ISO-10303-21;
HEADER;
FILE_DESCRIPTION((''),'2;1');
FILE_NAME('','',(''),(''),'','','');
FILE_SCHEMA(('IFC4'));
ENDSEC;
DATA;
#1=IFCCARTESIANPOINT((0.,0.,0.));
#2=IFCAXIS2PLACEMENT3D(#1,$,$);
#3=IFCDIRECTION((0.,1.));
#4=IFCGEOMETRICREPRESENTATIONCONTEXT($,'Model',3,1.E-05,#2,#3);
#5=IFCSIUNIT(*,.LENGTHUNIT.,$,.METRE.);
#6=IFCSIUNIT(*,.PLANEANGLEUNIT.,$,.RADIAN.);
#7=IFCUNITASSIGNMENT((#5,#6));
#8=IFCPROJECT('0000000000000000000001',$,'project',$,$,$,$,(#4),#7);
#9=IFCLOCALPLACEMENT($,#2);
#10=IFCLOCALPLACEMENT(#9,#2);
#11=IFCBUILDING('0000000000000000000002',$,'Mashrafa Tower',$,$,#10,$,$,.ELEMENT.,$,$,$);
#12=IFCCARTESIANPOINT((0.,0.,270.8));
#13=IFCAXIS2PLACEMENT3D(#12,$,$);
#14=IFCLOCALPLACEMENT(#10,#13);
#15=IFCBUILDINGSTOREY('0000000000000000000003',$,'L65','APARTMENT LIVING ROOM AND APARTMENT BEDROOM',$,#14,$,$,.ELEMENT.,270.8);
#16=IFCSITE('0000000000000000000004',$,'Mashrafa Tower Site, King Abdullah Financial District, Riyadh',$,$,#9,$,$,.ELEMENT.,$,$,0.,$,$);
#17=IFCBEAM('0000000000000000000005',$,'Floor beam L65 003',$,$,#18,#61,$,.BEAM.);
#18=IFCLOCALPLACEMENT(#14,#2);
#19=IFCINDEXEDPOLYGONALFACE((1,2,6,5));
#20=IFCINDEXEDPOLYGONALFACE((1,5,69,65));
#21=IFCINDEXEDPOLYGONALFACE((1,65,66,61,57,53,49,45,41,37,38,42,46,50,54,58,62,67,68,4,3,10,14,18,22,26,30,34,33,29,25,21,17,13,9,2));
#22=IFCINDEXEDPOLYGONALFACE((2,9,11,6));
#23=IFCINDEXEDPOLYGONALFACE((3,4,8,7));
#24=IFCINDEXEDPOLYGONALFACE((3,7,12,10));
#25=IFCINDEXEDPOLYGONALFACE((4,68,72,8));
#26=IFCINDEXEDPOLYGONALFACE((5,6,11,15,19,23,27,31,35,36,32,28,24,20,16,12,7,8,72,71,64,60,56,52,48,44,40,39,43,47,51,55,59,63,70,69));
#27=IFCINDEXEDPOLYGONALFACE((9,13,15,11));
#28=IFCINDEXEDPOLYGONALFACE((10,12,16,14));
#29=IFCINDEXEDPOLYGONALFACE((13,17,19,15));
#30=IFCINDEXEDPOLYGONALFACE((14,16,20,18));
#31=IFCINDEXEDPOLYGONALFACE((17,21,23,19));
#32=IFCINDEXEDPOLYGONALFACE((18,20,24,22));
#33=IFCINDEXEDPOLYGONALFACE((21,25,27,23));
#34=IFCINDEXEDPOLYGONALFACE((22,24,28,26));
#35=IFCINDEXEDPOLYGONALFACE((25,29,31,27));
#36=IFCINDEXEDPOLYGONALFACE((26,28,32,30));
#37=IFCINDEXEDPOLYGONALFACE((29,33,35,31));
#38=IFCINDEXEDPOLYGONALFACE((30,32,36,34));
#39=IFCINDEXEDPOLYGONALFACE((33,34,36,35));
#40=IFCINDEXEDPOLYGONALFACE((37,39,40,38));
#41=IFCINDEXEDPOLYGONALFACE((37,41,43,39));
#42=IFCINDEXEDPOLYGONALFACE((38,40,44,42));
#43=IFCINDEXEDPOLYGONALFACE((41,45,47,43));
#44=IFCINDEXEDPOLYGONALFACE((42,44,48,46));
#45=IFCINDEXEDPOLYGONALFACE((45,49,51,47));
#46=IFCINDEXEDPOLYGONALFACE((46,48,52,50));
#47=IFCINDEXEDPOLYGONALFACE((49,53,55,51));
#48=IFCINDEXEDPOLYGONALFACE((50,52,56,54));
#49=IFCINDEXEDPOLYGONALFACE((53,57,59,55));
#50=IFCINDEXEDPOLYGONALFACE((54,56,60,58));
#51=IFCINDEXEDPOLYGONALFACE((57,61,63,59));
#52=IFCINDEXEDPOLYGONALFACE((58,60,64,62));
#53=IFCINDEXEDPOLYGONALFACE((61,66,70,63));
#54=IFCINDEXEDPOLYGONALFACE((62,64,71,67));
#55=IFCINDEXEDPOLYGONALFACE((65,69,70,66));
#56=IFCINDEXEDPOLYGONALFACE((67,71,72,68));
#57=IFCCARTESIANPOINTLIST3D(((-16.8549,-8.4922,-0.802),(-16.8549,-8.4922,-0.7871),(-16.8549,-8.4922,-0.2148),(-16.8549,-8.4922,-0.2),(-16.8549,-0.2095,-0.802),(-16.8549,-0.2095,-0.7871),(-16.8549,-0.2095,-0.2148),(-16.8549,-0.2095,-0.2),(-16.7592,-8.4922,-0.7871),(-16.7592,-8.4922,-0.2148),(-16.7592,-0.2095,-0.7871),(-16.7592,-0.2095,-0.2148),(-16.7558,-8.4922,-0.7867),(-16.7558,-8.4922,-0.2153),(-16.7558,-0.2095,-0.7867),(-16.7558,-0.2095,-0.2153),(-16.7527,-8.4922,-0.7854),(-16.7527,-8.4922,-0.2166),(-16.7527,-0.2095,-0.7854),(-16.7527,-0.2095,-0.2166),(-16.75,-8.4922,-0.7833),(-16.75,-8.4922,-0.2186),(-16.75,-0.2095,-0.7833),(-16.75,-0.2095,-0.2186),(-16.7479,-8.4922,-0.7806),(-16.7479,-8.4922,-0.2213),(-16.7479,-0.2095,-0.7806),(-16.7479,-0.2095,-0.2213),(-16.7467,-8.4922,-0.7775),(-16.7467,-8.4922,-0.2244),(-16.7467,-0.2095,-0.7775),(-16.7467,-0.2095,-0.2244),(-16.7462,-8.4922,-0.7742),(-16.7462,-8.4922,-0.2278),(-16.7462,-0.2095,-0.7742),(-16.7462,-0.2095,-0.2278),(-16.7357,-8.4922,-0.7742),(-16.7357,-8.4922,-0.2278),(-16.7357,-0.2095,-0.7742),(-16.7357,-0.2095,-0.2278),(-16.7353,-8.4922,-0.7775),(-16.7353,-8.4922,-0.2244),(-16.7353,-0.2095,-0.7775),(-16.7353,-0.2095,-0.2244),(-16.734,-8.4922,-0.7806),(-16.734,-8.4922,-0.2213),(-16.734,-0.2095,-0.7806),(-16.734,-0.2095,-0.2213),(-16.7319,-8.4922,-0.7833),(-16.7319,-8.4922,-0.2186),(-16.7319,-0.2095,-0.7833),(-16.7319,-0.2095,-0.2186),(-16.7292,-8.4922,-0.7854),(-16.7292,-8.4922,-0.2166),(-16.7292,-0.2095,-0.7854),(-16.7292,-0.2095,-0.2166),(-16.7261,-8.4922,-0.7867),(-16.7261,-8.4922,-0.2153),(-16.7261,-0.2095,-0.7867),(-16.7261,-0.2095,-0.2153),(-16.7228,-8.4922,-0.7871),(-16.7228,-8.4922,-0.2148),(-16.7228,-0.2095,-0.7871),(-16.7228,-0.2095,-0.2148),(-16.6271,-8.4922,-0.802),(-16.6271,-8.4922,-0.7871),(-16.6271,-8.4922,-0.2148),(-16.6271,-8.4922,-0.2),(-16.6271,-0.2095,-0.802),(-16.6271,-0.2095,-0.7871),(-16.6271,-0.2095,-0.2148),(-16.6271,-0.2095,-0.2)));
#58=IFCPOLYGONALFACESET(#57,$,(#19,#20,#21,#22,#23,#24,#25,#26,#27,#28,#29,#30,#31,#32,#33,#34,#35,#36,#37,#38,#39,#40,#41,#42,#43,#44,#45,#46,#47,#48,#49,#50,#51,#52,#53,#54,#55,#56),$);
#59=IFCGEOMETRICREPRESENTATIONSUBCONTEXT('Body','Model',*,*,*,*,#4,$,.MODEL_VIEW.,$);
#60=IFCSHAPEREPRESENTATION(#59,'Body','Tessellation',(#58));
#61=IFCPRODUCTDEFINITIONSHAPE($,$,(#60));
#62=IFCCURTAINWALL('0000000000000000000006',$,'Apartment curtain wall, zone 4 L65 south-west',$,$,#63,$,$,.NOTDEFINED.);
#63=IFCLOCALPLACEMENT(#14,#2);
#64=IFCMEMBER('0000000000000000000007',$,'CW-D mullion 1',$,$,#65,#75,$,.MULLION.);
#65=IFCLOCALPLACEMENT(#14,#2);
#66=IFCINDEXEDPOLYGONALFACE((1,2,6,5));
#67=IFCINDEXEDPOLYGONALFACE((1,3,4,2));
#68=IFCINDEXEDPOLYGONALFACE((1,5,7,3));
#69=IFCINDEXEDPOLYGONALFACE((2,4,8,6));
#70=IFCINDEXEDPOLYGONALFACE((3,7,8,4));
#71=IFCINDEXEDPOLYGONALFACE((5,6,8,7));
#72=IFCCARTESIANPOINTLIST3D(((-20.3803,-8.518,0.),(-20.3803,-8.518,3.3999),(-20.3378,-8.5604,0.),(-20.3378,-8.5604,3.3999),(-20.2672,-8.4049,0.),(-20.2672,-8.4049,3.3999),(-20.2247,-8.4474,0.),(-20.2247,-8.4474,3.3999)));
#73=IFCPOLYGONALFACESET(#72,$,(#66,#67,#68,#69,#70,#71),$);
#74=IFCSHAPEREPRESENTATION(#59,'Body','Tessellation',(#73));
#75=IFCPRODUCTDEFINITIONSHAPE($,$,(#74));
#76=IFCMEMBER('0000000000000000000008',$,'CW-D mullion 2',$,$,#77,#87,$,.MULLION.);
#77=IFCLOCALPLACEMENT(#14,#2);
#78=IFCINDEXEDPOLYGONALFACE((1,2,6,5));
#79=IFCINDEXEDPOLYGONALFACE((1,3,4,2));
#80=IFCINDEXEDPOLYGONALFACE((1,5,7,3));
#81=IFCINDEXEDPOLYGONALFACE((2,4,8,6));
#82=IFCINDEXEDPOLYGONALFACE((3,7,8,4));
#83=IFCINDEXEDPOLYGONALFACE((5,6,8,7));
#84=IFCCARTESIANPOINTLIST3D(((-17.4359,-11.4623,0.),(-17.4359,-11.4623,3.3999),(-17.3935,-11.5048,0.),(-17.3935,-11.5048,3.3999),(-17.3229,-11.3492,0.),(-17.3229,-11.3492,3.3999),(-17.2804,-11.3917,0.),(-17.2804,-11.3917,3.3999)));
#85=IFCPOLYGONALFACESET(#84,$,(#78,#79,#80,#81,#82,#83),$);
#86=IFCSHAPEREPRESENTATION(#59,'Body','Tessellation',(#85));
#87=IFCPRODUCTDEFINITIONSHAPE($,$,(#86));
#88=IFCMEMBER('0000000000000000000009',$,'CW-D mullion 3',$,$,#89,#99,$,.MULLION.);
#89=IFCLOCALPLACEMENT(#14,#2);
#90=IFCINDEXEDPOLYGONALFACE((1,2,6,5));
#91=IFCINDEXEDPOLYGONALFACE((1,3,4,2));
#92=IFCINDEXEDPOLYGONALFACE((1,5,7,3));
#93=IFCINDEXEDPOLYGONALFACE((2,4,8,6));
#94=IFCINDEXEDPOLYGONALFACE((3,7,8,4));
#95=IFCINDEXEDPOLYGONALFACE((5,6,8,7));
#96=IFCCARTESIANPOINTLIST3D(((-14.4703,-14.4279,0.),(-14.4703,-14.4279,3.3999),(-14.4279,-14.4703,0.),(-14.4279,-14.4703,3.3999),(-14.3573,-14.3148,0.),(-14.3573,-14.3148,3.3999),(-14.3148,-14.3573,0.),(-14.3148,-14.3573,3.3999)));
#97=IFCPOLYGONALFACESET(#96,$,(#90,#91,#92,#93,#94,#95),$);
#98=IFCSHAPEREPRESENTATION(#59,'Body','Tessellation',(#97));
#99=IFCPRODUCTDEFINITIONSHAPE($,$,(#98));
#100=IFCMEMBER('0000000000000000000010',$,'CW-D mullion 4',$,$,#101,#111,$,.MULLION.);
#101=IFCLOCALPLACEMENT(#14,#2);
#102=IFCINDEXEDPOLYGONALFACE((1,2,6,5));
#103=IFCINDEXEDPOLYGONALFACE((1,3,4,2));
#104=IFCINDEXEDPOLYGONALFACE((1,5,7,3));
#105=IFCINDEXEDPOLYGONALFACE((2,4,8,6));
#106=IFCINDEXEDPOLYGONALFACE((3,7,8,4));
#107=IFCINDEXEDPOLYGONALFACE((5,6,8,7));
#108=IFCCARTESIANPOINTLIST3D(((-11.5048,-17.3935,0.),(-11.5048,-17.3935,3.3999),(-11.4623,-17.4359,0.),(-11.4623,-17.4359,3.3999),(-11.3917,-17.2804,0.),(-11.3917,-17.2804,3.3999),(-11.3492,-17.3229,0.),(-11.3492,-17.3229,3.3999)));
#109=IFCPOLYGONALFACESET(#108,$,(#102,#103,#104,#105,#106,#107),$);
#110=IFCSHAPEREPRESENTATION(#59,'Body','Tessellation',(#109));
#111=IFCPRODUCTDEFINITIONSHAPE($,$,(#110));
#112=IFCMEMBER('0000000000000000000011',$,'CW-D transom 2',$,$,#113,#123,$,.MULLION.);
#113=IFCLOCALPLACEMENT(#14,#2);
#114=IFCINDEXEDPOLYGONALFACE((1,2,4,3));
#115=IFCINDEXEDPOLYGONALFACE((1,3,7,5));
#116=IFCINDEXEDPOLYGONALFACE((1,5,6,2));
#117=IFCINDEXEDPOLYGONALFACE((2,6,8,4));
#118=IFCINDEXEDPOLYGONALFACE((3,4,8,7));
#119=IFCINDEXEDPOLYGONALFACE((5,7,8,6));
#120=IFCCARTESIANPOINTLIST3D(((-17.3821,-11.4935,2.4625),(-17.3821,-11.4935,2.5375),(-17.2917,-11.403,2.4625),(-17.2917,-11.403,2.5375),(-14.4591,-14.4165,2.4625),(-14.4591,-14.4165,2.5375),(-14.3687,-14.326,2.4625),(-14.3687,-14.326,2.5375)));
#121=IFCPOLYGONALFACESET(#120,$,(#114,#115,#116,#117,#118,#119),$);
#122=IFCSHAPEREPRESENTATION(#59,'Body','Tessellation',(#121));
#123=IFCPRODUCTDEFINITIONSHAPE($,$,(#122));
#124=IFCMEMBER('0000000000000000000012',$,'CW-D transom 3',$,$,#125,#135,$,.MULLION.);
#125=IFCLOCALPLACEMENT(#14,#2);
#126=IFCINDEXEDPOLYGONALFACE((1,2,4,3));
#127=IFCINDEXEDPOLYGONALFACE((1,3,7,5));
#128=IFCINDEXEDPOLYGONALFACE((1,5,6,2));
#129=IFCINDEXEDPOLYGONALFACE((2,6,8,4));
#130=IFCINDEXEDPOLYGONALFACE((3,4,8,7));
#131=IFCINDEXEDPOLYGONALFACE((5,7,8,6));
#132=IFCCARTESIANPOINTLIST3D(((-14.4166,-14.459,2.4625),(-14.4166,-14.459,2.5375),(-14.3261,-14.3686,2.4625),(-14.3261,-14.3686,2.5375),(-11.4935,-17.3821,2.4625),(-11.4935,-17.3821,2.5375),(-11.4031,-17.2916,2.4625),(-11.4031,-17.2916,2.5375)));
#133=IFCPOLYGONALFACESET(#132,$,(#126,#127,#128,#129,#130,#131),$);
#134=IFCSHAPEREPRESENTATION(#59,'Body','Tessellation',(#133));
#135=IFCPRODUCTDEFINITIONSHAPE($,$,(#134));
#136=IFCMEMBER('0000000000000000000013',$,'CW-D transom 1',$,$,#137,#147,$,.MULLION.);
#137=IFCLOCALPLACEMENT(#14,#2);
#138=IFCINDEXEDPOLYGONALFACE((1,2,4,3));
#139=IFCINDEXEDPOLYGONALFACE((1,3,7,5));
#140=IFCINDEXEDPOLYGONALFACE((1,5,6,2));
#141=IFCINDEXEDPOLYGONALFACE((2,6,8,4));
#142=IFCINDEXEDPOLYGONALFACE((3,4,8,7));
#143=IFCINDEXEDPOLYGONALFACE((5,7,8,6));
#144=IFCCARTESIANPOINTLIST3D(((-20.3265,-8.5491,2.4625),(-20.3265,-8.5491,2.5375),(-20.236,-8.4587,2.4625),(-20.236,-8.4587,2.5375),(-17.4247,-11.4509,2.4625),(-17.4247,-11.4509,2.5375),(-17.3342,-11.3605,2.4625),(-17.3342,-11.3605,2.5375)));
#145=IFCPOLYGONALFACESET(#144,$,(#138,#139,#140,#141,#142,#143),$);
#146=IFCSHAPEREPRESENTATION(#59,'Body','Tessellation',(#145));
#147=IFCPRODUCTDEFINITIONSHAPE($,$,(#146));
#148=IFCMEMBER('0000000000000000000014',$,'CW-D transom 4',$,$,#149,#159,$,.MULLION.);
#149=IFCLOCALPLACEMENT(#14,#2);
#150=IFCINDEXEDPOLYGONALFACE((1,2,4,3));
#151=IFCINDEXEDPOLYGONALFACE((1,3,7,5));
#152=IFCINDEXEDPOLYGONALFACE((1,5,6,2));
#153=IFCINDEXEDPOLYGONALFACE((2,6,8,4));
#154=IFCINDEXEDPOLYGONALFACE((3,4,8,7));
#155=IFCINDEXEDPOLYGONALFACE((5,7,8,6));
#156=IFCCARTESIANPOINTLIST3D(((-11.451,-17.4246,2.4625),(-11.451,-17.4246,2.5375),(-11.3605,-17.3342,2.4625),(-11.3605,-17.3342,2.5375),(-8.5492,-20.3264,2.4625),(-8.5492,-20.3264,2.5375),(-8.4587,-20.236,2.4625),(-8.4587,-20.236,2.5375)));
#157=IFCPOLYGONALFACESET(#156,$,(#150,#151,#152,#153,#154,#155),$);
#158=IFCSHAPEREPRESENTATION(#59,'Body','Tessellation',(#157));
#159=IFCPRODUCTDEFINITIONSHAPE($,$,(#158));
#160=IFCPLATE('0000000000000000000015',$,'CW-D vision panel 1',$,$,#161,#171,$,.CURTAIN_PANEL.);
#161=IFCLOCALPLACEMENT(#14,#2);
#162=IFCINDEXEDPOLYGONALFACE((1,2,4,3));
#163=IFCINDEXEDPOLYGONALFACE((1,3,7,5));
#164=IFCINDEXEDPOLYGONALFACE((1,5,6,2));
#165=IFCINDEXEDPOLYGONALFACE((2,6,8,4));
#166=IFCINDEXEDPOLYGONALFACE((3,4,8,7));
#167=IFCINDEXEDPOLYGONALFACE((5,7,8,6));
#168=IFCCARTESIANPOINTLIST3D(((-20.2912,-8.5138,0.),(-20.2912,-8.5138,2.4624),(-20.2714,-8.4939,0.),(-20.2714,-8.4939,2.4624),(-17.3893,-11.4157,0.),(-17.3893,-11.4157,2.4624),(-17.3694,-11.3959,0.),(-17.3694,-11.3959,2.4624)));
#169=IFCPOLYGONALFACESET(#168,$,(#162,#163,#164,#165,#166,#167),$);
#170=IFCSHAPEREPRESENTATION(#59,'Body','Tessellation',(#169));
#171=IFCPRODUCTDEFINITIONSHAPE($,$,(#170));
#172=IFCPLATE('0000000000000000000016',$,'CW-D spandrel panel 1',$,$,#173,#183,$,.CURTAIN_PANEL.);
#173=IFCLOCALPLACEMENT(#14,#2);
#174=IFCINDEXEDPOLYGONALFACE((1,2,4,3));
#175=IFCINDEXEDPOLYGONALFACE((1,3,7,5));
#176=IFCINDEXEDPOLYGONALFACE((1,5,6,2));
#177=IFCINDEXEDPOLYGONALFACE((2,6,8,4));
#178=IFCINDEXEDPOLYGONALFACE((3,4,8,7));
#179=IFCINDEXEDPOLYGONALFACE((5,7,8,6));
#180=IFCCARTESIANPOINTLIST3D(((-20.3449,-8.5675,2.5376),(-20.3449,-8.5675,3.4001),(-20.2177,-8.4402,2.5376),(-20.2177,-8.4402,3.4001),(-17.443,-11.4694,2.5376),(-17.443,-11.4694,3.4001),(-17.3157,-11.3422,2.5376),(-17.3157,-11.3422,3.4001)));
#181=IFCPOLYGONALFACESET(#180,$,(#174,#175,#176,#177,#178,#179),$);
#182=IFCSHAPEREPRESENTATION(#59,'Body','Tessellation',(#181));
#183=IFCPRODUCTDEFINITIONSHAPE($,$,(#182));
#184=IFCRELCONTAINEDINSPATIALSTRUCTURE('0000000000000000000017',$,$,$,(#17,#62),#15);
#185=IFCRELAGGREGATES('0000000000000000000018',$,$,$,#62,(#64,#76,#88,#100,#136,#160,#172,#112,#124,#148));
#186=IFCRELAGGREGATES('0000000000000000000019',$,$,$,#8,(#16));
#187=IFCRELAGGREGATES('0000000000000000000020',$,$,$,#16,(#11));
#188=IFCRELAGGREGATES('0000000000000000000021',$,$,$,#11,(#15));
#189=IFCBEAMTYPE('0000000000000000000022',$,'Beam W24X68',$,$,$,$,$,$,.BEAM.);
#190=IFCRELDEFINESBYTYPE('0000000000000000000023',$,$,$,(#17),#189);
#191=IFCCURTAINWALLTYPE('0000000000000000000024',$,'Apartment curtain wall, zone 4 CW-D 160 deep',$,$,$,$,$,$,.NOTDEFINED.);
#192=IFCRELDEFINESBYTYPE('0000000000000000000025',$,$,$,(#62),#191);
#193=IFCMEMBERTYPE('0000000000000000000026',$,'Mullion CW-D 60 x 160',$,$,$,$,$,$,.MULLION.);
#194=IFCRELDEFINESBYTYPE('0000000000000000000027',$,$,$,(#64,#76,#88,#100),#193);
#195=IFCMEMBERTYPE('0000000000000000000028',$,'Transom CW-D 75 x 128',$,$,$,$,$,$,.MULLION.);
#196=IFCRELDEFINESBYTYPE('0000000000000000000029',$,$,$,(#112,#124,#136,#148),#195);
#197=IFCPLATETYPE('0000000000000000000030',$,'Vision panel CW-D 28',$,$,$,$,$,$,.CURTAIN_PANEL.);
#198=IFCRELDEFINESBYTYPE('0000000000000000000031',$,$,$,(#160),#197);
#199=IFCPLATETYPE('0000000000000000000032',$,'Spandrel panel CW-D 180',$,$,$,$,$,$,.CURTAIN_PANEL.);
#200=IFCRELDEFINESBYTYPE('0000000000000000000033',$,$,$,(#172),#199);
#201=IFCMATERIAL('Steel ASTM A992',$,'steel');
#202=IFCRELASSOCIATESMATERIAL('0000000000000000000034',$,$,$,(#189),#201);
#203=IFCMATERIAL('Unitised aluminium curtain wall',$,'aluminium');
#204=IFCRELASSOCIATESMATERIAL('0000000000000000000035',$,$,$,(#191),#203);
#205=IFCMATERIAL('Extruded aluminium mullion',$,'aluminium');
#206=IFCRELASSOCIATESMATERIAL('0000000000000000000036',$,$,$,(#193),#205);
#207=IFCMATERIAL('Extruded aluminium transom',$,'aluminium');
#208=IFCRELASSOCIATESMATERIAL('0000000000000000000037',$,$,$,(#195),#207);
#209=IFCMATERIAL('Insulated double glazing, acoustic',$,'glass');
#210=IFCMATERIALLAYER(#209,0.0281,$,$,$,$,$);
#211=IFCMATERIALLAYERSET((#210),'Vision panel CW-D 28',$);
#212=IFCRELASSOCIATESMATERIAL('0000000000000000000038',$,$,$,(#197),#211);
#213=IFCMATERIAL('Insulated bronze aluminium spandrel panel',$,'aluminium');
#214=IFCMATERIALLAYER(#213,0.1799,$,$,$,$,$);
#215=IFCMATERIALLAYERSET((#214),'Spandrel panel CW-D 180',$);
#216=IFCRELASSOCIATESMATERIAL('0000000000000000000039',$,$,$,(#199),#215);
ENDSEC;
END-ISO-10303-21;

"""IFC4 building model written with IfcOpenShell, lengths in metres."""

from ifc_helpers import new_model, si_unit, direction, frame, origin, origin_2d, place, context, subcontext, project, spatial, rectangle, i_section, extrude, source, transform, mapped, material, layer, layer_set, material_profile, profile_set, type_object, type_shapes, element, aggregate, save


model = new_model("IFC4")

# Units and contexts
model_context = context("Model", 3, precision=1e-05, world=origin(), true_north=direction((0.0, 1.0)))
body_context = subcontext(model_context, "Body", "Model", "MODEL_VIEW")
ifc_project = project(units=[si_unit("LENGTHUNIT", "METRE"), si_unit("PLANEANGLEUNIT", "RADIAN")], contexts=[model_context])

# Site, building, storey
site_placement = place(None, origin())
site = spatial("IfcSite", under=ifc_project, at=site_placement, Name="Mashrafa Tower Site, King Abdullah Financial District, Riyadh", CompositionType="ELEMENT", RefElevation=0.0)
building_placement = place(site_placement, origin())
building = spatial("IfcBuilding", under=site, at=building_placement, Name="Mashrafa Tower", CompositionType="ELEMENT")
storey_placement = place(building_placement, frame((0.0, 0.0, 270.8)))
storey = spatial("IfcBuildingStorey", under=building, at=storey_placement, Name="L65", Description="APARTMENT LIVING ROOM AND APARTMENT BEDROOM", CompositionType="ELEMENT", Elevation=270.8)

# Beam
ifc_material_1 = material(Name="Steel ASTM A992", Category="steel")
ifc_material_profile_1 = material_profile(ifc_material_1, i_section(OverallWidth=0.2278, OverallDepth=0.6021, WebThickness=0.0105, FlangeThickness=0.0149, FilletRadius=0.0129, at=origin_2d()), Name="W24X68")
ifc_profile_set_1 = profile_set([ifc_material_profile_1], Name="Steel ASTM A992")
beam_type_1 = type_object("IfcBeamType", Name="Beam W24X68", PredefinedType="BEAM", material=ifc_profile_set_1)
beam_1_placement = place(storey_placement, frame((-16.741, -8.4922, -0.501), z_axis=(0.0, 1.0, 0.0), x_axis=(-1.0, 0.0, 0.0)))
element("IfcBeam", 1, at=beam_1_placement, inside=storey, type_object=beam_type_1, Name="Floor beam L65 003", PredefinedType="BEAM", context=body_context, shape_type="SweptSolid", body=[
    extrude(i_section(OverallWidth=0.2278, OverallDepth=0.6021, WebThickness=0.0105, FlangeThickness=0.0149, FilletRadius=0.0129, at=origin_2d()), origin(), (0.0, 0.0, 1.0), 8.2827),
])

# Curtain wall, members, plates
ifc_material_2 = material(Name="Unitised aluminium curtain wall", Category="aluminium")
curtain_wall_type = type_object("IfcCurtainWallType", Name="Apartment curtain wall, zone 4 CW-D 160 deep", PredefinedType="NOTDEFINED", material=ifc_material_2)
curtain_wall_placement = place(storey_placement, origin())
curtain_wall = element("IfcCurtainWall", 2, at=curtain_wall_placement, inside=storey, type_object=curtain_wall_type, Name="Apartment curtain wall, zone 4 L65 south-west", PredefinedType="NOTDEFINED")
ifc_material_3 = material(Name="Extruded aluminium mullion", Category="aluminium")
ifc_material_profile_2 = material_profile(ifc_material_3, rectangle(XDim=0.1599, YDim=0.0601, at=origin_2d()), Name="Mullion 60x160")
ifc_profile_set_2 = profile_set([ifc_material_profile_2], Name="Extruded aluminium mullion")
member_type_1 = type_object("IfcMemberType", Name="Mullion CW-D 60 x 160", PredefinedType="MULLION", material=ifc_profile_set_2)
shared_shape_1 = source(origin(), body_context, "Body", "SweptSolid", [
    extrude(rectangle(XDim=0.1599, YDim=0.0601, at=origin_2d()), origin(), (0.0, 0.0, 1.0), 3.3999),
])
type_shapes(member_type_1, [shared_shape_1])
member_1_placement = place(storey_placement, frame((-20.3025, -8.4827, 0.0), z_axis=(0.0, 0.0, 1.0), x_axis=(0.707107, 0.707107, 0.0)))
member_1 = element("IfcMember", 3, at=member_1_placement, type_object=member_type_1, Name="CW-D mullion 1", PredefinedType="MULLION", context=body_context, shape_type="MappedRepresentation", body=[
    mapped(shared_shape_1, transform((0.0, 0.0, 0.0))),
])
member_2_placement = place(storey_placement, frame((-17.3582, -11.427, 0.0), z_axis=(0.0, 0.0, 1.0), x_axis=(0.707107, 0.707107, 0.0)))
member_2 = element("IfcMember", 4, at=member_2_placement, type_object=member_type_1, Name="CW-D mullion 2", PredefinedType="MULLION", context=body_context, shape_type="MappedRepresentation", body=[
    mapped(shared_shape_1, transform((0.0, 0.0, 0.0))),
])
member_3_placement = place(storey_placement, frame((-14.3926, -14.3926, 0.0), z_axis=(0.0, 0.0, 1.0), x_axis=(0.707107, 0.707107, 0.0)))
member_3 = element("IfcMember", 5, at=member_3_placement, type_object=member_type_1, Name="CW-D mullion 3", PredefinedType="MULLION", context=body_context, shape_type="MappedRepresentation", body=[
    mapped(shared_shape_1, transform((0.0, 0.0, 0.0))),
])
member_4_placement = place(storey_placement, frame((-11.427, -17.3582, 0.0), z_axis=(0.0, 0.0, 1.0), x_axis=(0.707107, 0.707107, 0.0)))
member_4 = element("IfcMember", 6, at=member_4_placement, type_object=member_type_1, Name="CW-D mullion 4", PredefinedType="MULLION", context=body_context, shape_type="MappedRepresentation", body=[
    mapped(shared_shape_1, transform((0.0, 0.0, 0.0))),
])
ifc_material_4 = material(Name="Extruded aluminium transom", Category="aluminium")
ifc_material_profile_3 = material_profile(ifc_material_4, rectangle(XDim=0.1279, YDim=0.075, at=origin_2d()), Name="Transom 75x128")
ifc_profile_set_3 = profile_set([ifc_material_profile_3], Name="Extruded aluminium transom")
member_type_2 = type_object("IfcMemberType", Name="Transom CW-D 75 x 128", PredefinedType="MULLION", material=ifc_profile_set_3)
shared_shape_2 = source(origin(), body_context, "Body", "SweptSolid", [
    extrude(rectangle(XDim=0.1279, YDim=0.075, at=origin_2d()), origin(), (0.0, 0.0, 1.0), 4.1338),
])
member_5_placement = place(storey_placement, frame((-17.3369, -11.4482, 2.5), z_axis=(0.707107, -0.707107, 0.0), x_axis=(0.707107, 0.707107, 0.0)))
member_5 = element("IfcMember", 7, at=member_5_placement, type_object=member_type_2, Name="CW-D transom 2", PredefinedType="MULLION", context=body_context, shape_type="MappedRepresentation", body=[
    mapped(shared_shape_2, transform((0.0, 0.0, 0.0))),
])
member_6_placement = place(storey_placement, frame((-14.3713, -14.4138, 2.5), z_axis=(0.707107, -0.707107, 0.0), x_axis=(0.707107, 0.707107, 0.0)))
member_6 = element("IfcMember", 8, at=member_6_placement, type_object=member_type_2, Name="CW-D transom 3", PredefinedType="MULLION", context=body_context, shape_type="MappedRepresentation", body=[
    mapped(shared_shape_2, transform((0.0, 0.0, 0.0))),
])
shared_shape_3 = source(origin(), body_context, "Body", "SweptSolid", [
    extrude(rectangle(XDim=0.1279, YDim=0.075, at=origin_2d()), origin(), (0.0, 0.0, 1.0), 4.1038),
])
type_shapes(member_type_2, [shared_shape_2, shared_shape_3])
member_7_placement = place(storey_placement, frame((-20.2812, -8.5039, 2.5), z_axis=(0.707107, -0.707107, 0.0), x_axis=(0.707107, 0.707107, 0.0)))
member_7 = element("IfcMember", 9, at=member_7_placement, type_object=member_type_2, Name="CW-D transom 1", PredefinedType="MULLION", context=body_context, shape_type="MappedRepresentation", body=[
    mapped(shared_shape_3, transform((0.0, 0.0, 0.0))),
])
member_8_placement = place(storey_placement, frame((-11.4058, -17.3794, 2.5), z_axis=(0.707107, -0.707107, 0.0), x_axis=(0.707107, 0.707107, 0.0)))
member_8 = element("IfcMember", 10, at=member_8_placement, type_object=member_type_2, Name="CW-D transom 4", PredefinedType="MULLION", context=body_context, shape_type="MappedRepresentation", body=[
    mapped(shared_shape_3, transform((0.0, 0.0, 0.0))),
])
ifc_material_5 = material(Name="Insulated double glazing, acoustic", Category="glass")
ifc_layer_1 = layer(ifc_material_5, 0.0281)
ifc_layer_set_1 = layer_set([ifc_layer_1], Name="Vision panel CW-D 28")
plate_type_1 = type_object("IfcPlateType", Name="Vision panel CW-D 28", PredefinedType="CURTAIN_PANEL", material=ifc_layer_set_1)
shared_shape_4 = source(origin(), body_context, "Body", "SweptSolid", [
    extrude(rectangle(XDim=4.104, YDim=0.0281, at=origin_2d()), origin(), (0.0, 0.0, 1.0), 2.4624),
])
plate_1_placement = place(storey_placement, frame((-18.8303, -9.9548, 0.0), z_axis=(0.0, 0.0, 1.0), x_axis=(0.707107, -0.707107, 0.0)))
plate_1 = element("IfcPlate", 11, at=plate_1_placement, type_object=plate_type_1, Name="CW-D vision panel 1", PredefinedType="CURTAIN_PANEL", context=body_context, shape_type="MappedRepresentation", body=[
    mapped(shared_shape_4, transform((0.0, 0.0, 0.0))),
])
ifc_material_6 = material(Name="Insulated bronze aluminium spandrel panel", Category="aluminium")
ifc_layer_2 = layer(ifc_material_6, 0.1799)
ifc_layer_set_2 = layer_set([ifc_layer_2], Name="Spandrel panel CW-D 180")
plate_type_2 = type_object("IfcPlateType", Name="Spandrel panel CW-D 180", PredefinedType="CURTAIN_PANEL", material=ifc_layer_set_2)
shared_shape_5 = source(origin(), body_context, "Body", "SweptSolid", [
    extrude(rectangle(XDim=4.104, YDim=0.1799, at=origin_2d()), origin(), (0.0, 0.0, 1.0), 0.8625),
])
plate_2_placement = place(storey_placement, frame((-18.8303, -9.9548, 2.5376), z_axis=(0.0, 0.0, 1.0), x_axis=(0.707107, -0.707107, 0.0)))
plate_2 = element("IfcPlate", 12, at=plate_2_placement, type_object=plate_type_2, Name="CW-D spandrel panel 1", PredefinedType="CURTAIN_PANEL", context=body_context, shape_type="MappedRepresentation", body=[
    mapped(shared_shape_5, transform((0.0, 0.0, 0.0))),
])
aggregate(curtain_wall, [member_1, member_2, member_3, member_4, member_7, plate_1, plate_2, member_5, member_6, member_8])

save(model, "model.ifc")
